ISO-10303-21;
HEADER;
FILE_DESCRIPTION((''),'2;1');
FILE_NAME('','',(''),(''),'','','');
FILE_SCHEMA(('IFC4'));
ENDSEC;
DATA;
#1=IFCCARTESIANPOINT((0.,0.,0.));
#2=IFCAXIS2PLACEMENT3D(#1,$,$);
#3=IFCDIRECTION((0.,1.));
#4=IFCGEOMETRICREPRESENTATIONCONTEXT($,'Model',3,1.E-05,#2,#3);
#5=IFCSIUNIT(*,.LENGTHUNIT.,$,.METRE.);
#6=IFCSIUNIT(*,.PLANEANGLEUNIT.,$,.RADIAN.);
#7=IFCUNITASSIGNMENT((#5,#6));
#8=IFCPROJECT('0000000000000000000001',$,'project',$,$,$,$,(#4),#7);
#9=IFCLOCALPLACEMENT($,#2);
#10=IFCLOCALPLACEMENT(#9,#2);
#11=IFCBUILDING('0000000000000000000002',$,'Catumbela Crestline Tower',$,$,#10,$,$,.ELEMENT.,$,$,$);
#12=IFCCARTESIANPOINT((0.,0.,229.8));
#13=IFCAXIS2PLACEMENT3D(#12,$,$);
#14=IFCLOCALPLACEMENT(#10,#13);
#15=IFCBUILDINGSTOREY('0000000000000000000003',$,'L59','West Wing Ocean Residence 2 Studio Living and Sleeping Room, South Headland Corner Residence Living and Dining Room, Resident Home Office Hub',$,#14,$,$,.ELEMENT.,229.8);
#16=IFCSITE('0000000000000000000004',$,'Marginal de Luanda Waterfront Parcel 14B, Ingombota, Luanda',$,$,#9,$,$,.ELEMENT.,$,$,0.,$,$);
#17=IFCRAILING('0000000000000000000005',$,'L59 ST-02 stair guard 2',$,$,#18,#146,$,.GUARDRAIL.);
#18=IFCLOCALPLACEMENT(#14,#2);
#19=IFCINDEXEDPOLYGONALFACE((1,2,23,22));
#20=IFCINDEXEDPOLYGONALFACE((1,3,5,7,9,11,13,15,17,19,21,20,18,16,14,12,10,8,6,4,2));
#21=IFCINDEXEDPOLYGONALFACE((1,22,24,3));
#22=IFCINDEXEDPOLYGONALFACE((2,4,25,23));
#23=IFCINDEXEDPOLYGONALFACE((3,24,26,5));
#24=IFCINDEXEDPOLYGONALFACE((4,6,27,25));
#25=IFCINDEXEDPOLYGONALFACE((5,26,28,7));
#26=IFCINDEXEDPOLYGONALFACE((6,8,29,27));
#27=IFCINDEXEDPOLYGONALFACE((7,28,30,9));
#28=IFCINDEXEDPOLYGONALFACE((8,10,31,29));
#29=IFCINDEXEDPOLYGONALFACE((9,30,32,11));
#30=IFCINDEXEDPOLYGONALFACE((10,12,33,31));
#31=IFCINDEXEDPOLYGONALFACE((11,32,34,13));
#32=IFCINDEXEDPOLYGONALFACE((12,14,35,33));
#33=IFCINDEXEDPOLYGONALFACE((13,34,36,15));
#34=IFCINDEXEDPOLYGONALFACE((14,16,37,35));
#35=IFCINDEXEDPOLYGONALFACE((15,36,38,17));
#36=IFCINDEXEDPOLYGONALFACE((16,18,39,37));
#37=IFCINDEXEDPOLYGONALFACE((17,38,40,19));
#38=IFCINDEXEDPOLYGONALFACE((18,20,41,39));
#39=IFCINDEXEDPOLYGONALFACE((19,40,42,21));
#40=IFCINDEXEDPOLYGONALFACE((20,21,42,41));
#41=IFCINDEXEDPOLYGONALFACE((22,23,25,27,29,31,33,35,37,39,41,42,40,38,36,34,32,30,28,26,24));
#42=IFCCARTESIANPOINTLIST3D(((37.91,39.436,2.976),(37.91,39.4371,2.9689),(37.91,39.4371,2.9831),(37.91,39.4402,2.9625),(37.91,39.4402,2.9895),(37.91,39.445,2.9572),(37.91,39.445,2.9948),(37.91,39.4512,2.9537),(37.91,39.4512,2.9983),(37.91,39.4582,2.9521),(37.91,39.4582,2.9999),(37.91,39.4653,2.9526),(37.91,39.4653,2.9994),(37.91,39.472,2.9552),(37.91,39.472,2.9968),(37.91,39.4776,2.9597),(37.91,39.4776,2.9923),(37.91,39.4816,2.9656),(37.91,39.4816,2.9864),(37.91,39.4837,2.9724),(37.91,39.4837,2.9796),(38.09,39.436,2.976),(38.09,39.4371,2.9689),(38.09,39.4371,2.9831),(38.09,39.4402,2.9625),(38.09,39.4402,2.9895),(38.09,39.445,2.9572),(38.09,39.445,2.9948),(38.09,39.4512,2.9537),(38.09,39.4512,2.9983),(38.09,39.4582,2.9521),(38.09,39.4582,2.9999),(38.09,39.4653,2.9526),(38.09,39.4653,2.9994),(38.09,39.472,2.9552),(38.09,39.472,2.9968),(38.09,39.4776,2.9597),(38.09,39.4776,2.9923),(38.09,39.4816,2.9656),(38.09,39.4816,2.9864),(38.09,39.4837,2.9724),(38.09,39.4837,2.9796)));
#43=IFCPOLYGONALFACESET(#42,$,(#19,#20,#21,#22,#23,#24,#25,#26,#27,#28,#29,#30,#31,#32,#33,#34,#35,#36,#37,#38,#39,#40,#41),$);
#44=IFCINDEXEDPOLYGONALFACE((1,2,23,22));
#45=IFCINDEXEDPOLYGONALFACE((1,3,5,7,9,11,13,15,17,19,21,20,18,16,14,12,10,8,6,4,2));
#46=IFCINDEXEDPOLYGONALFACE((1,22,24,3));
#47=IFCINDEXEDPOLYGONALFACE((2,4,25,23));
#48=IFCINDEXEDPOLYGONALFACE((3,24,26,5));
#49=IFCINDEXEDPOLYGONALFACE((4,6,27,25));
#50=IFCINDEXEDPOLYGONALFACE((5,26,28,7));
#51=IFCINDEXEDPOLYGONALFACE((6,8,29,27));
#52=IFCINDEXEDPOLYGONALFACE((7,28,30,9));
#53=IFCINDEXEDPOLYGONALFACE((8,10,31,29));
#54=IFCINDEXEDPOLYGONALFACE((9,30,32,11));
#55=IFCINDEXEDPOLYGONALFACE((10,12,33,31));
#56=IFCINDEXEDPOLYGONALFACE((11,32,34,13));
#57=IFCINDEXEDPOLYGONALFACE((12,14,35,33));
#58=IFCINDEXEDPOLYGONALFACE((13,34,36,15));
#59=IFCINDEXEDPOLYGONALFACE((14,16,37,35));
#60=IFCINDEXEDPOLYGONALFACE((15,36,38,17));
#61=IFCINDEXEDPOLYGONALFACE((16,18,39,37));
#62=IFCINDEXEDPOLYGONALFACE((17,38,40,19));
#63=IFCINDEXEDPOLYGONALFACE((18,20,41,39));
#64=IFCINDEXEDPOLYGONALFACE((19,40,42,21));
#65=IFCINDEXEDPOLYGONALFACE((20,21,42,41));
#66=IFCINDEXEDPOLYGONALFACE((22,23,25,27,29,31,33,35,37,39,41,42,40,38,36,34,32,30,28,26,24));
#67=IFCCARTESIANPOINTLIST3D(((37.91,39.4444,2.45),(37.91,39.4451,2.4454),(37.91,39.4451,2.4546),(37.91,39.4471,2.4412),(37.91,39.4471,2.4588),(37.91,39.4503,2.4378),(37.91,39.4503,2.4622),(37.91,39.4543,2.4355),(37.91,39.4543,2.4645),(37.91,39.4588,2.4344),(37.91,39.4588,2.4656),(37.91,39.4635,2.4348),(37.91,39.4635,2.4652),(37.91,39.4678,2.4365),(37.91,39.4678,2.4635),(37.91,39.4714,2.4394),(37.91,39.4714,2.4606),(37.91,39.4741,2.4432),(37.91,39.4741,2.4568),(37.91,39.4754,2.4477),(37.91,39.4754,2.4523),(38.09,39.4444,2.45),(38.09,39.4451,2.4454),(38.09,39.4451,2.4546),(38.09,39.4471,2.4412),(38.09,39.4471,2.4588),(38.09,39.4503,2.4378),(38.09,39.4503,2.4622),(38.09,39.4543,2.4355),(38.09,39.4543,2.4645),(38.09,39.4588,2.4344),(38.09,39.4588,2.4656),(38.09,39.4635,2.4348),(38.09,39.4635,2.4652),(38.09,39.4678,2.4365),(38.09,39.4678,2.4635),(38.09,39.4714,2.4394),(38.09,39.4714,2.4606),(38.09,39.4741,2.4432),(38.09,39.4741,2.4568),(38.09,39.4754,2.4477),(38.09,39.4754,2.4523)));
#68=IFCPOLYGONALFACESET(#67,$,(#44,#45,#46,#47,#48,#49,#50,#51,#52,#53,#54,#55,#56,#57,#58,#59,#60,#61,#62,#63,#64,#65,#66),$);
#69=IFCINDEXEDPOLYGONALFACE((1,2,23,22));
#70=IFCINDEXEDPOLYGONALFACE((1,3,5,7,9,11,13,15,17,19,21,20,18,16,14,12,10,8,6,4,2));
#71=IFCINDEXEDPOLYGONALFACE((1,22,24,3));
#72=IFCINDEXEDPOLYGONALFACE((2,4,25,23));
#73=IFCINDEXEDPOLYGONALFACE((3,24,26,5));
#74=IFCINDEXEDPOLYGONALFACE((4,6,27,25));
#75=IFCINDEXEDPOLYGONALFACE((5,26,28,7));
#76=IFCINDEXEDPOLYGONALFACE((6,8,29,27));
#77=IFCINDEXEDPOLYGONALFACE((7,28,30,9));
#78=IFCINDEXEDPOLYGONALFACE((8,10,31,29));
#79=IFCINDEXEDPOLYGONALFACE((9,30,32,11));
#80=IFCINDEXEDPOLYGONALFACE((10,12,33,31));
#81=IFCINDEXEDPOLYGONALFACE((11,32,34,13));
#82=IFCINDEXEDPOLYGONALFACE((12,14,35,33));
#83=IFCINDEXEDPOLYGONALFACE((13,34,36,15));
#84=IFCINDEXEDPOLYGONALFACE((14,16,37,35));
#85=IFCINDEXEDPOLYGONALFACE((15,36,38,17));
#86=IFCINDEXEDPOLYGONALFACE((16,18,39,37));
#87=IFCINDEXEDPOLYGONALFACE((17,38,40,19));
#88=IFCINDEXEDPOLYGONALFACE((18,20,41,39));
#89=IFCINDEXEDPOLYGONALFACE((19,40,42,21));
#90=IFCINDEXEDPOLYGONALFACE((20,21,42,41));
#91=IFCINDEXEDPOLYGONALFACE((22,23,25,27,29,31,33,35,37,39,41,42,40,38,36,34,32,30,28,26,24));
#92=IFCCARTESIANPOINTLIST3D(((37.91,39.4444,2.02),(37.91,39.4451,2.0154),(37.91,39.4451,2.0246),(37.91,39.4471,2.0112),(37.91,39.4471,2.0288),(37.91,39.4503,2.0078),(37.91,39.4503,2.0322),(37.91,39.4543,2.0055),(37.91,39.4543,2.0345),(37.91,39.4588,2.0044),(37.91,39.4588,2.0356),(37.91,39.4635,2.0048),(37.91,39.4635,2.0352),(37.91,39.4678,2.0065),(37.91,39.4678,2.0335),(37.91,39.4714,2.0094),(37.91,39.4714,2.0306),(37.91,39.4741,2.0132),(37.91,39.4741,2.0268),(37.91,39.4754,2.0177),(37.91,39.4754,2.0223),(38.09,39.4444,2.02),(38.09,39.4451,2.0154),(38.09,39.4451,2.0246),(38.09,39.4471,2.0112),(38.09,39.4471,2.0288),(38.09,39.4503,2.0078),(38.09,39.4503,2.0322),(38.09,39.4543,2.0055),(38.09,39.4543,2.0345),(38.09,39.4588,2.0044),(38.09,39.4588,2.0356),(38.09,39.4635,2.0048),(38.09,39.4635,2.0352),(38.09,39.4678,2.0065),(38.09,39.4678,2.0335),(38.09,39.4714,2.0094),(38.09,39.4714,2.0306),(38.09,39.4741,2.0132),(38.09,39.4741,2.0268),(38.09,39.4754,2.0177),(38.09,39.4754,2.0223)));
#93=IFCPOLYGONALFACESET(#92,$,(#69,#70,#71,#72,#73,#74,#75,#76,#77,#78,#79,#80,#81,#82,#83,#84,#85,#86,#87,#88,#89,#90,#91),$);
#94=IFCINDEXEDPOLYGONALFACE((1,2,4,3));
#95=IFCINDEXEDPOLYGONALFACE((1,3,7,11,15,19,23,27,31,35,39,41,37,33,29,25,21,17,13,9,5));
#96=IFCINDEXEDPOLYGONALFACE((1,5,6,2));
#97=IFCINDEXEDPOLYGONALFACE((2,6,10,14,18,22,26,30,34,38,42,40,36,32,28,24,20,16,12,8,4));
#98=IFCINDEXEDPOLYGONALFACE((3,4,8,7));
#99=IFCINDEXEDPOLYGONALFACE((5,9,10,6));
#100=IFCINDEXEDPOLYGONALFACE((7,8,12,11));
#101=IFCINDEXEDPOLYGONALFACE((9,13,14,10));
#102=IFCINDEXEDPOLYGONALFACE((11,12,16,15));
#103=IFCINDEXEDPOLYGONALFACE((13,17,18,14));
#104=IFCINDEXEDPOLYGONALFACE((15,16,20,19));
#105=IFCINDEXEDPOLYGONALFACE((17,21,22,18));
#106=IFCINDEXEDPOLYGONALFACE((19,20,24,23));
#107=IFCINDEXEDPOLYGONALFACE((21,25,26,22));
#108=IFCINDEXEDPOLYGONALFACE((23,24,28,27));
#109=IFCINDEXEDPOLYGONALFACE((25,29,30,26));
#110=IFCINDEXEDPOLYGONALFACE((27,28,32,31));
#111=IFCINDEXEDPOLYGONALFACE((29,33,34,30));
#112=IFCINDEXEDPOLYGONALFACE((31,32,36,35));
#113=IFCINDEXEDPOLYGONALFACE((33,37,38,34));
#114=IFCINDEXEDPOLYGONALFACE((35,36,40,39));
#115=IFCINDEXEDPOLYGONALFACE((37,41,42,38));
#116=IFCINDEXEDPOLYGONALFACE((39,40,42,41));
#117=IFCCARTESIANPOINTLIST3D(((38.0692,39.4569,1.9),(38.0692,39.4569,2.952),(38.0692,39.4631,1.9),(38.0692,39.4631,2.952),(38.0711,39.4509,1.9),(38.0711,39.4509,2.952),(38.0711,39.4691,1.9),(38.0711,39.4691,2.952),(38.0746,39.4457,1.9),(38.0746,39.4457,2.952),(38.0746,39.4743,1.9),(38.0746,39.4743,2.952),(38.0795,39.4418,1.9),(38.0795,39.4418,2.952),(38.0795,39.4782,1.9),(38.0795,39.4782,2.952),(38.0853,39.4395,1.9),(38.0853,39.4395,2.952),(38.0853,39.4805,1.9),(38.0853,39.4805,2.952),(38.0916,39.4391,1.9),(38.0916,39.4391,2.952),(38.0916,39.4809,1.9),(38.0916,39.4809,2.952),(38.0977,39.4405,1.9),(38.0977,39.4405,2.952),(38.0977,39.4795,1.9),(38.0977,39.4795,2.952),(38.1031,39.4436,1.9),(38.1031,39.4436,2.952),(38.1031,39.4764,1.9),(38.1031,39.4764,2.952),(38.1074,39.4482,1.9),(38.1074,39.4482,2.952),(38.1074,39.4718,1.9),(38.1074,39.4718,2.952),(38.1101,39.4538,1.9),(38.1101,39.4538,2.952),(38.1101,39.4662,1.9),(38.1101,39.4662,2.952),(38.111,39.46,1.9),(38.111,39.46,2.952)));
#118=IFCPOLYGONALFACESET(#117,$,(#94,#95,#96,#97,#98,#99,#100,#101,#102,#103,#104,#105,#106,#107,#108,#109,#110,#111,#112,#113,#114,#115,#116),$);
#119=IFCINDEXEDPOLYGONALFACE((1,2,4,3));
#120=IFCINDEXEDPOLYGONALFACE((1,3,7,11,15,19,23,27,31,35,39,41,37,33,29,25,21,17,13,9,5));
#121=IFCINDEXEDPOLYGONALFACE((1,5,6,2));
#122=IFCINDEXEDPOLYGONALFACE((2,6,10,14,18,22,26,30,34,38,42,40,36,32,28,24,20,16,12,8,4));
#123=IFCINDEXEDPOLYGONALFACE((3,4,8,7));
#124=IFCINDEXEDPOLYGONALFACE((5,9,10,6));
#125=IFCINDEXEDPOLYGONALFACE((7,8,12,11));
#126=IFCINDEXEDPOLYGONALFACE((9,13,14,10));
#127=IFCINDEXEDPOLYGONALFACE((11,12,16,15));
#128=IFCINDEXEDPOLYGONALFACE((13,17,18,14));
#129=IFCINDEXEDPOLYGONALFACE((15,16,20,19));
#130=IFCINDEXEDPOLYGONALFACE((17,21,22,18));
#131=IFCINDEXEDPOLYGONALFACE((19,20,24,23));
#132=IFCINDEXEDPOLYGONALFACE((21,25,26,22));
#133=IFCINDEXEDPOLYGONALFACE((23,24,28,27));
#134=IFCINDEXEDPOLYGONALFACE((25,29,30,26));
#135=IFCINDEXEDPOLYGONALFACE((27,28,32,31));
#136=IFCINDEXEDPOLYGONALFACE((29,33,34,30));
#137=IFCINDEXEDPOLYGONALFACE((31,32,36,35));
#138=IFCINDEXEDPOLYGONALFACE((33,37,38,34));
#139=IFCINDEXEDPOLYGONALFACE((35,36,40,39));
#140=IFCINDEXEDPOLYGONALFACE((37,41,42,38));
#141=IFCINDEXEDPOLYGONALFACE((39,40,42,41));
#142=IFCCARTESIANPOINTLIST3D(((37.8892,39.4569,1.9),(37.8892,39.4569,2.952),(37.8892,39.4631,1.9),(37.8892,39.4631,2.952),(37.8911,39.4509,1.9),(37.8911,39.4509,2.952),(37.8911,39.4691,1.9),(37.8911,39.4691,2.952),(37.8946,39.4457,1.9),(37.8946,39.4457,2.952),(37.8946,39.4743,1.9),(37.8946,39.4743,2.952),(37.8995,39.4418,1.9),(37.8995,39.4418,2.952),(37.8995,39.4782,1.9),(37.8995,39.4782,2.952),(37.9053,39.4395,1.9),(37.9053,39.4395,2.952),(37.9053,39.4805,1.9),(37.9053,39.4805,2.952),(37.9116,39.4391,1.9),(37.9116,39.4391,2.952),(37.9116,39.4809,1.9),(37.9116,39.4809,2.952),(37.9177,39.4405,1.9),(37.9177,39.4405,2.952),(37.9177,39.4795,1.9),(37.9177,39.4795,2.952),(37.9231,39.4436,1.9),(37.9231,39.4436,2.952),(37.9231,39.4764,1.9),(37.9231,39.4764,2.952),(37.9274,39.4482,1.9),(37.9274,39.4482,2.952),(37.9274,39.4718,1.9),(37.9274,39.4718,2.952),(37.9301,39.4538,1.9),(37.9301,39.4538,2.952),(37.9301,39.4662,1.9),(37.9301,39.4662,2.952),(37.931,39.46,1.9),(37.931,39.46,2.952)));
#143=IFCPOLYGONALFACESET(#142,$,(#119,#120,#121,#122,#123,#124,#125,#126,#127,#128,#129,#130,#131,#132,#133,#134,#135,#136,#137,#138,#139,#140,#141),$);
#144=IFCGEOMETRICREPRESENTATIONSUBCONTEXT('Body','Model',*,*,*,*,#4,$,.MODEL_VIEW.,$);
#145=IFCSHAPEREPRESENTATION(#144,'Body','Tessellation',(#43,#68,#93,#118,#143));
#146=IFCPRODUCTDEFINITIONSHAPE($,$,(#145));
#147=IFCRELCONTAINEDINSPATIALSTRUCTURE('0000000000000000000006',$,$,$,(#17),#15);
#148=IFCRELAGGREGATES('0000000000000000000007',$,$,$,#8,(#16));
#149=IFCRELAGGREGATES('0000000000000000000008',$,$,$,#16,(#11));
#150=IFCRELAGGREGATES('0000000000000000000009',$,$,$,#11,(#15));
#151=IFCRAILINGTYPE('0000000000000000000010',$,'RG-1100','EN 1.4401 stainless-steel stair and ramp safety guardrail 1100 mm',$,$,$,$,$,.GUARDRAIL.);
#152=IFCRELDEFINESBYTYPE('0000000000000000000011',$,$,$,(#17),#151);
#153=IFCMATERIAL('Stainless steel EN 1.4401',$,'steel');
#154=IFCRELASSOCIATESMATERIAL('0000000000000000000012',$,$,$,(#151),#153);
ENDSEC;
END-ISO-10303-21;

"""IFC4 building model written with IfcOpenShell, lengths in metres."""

from ifc_helpers import new_model, si_unit, direction, frame, origin, origin_2d, place, context, subcontext, project, spatial, circle, extrude, material, type_object, element, save


model = new_model("IFC4")

# Units and contexts
model_context = context("Model", 3, precision=1e-05, world=origin(), true_north=direction((0.0, 1.0)))
body_context = subcontext(model_context, "Body", "Model", "MODEL_VIEW")
ifc_project = project(units=[si_unit("LENGTHUNIT", "METRE"), si_unit("PLANEANGLEUNIT", "RADIAN")], contexts=[model_context])

# Site, building, storey
site_placement = place(None, origin())
site = spatial("IfcSite", under=ifc_project, at=site_placement, Name="Marginal de Luanda Waterfront Parcel 14B, Ingombota, Luanda", CompositionType="ELEMENT", RefElevation=0.0)
building_placement = place(site_placement, origin())
building = spatial("IfcBuilding", under=site, at=building_placement, Name="Catumbela Crestline Tower", CompositionType="ELEMENT")
storey_placement = place(building_placement, frame((0.0, 0.0, 229.8)))
storey = spatial("IfcBuildingStorey", under=building, at=storey_placement, Name="L59", Description="West Wing Ocean Residence 2 Studio Living and Sleeping Room, South Headland Corner Residence Living and Dining Room, Resident Home Office Hub", CompositionType="ELEMENT", Elevation=229.8)

# Railing
ifc_material_1 = material(Name="Stainless steel EN 1.4401", Category="steel")
railing_type_1 = type_object("IfcRailingType", Name="RG-1100", Description="EN 1.4401 stainless-steel stair and ramp safety guardrail 1100 mm", PredefinedType="GUARDRAIL", material=ifc_material_1)
for number, where, name in (
    (1, (38.09, 39.46, 1.9), "L59 ST-02 stair guard 2"),
):
    element("IfcRailing", number, at=place(storey_placement, frame(where)), inside=storey, type_object=railing_type_1, Name=name, PredefinedType="GUARDRAIL", context=body_context, shape_type="SweptSolid", body=[
        extrude(circle(Radius=0.024, at=origin_2d()), frame((0.0, 0.0, 1.076), z_axis=(-1.0, 0.0, 0.0), x_axis=(0.0, -1.0, 0.0)), (0.0, 0.0, 1.0), 0.18),
        extrude(circle(Radius=0.0156, at=origin_2d()), frame((0.0, 0.0, 0.55), z_axis=(-1.0, 0.0, 0.0), x_axis=(0.0, -1.0, 0.0)), (0.0, 0.0, 1.0), 0.18),
        extrude(circle(Radius=0.0156, at=origin_2d()), frame((0.0, 0.0, 0.12), z_axis=(-1.0, 0.0, 0.0), x_axis=(0.0, -1.0, 0.0)), (0.0, 0.0, 1.0), 0.18),
        extrude(circle(Radius=0.021, at=origin_2d()), origin(), (0.0, 0.0, 1.0), 1.052),
        extrude(circle(Radius=0.021, at=origin_2d()), frame((-0.18, 0.0, 0.0)), (0.0, 0.0, 1.0), 1.052),
    ])

save(model, "model.ifc")
